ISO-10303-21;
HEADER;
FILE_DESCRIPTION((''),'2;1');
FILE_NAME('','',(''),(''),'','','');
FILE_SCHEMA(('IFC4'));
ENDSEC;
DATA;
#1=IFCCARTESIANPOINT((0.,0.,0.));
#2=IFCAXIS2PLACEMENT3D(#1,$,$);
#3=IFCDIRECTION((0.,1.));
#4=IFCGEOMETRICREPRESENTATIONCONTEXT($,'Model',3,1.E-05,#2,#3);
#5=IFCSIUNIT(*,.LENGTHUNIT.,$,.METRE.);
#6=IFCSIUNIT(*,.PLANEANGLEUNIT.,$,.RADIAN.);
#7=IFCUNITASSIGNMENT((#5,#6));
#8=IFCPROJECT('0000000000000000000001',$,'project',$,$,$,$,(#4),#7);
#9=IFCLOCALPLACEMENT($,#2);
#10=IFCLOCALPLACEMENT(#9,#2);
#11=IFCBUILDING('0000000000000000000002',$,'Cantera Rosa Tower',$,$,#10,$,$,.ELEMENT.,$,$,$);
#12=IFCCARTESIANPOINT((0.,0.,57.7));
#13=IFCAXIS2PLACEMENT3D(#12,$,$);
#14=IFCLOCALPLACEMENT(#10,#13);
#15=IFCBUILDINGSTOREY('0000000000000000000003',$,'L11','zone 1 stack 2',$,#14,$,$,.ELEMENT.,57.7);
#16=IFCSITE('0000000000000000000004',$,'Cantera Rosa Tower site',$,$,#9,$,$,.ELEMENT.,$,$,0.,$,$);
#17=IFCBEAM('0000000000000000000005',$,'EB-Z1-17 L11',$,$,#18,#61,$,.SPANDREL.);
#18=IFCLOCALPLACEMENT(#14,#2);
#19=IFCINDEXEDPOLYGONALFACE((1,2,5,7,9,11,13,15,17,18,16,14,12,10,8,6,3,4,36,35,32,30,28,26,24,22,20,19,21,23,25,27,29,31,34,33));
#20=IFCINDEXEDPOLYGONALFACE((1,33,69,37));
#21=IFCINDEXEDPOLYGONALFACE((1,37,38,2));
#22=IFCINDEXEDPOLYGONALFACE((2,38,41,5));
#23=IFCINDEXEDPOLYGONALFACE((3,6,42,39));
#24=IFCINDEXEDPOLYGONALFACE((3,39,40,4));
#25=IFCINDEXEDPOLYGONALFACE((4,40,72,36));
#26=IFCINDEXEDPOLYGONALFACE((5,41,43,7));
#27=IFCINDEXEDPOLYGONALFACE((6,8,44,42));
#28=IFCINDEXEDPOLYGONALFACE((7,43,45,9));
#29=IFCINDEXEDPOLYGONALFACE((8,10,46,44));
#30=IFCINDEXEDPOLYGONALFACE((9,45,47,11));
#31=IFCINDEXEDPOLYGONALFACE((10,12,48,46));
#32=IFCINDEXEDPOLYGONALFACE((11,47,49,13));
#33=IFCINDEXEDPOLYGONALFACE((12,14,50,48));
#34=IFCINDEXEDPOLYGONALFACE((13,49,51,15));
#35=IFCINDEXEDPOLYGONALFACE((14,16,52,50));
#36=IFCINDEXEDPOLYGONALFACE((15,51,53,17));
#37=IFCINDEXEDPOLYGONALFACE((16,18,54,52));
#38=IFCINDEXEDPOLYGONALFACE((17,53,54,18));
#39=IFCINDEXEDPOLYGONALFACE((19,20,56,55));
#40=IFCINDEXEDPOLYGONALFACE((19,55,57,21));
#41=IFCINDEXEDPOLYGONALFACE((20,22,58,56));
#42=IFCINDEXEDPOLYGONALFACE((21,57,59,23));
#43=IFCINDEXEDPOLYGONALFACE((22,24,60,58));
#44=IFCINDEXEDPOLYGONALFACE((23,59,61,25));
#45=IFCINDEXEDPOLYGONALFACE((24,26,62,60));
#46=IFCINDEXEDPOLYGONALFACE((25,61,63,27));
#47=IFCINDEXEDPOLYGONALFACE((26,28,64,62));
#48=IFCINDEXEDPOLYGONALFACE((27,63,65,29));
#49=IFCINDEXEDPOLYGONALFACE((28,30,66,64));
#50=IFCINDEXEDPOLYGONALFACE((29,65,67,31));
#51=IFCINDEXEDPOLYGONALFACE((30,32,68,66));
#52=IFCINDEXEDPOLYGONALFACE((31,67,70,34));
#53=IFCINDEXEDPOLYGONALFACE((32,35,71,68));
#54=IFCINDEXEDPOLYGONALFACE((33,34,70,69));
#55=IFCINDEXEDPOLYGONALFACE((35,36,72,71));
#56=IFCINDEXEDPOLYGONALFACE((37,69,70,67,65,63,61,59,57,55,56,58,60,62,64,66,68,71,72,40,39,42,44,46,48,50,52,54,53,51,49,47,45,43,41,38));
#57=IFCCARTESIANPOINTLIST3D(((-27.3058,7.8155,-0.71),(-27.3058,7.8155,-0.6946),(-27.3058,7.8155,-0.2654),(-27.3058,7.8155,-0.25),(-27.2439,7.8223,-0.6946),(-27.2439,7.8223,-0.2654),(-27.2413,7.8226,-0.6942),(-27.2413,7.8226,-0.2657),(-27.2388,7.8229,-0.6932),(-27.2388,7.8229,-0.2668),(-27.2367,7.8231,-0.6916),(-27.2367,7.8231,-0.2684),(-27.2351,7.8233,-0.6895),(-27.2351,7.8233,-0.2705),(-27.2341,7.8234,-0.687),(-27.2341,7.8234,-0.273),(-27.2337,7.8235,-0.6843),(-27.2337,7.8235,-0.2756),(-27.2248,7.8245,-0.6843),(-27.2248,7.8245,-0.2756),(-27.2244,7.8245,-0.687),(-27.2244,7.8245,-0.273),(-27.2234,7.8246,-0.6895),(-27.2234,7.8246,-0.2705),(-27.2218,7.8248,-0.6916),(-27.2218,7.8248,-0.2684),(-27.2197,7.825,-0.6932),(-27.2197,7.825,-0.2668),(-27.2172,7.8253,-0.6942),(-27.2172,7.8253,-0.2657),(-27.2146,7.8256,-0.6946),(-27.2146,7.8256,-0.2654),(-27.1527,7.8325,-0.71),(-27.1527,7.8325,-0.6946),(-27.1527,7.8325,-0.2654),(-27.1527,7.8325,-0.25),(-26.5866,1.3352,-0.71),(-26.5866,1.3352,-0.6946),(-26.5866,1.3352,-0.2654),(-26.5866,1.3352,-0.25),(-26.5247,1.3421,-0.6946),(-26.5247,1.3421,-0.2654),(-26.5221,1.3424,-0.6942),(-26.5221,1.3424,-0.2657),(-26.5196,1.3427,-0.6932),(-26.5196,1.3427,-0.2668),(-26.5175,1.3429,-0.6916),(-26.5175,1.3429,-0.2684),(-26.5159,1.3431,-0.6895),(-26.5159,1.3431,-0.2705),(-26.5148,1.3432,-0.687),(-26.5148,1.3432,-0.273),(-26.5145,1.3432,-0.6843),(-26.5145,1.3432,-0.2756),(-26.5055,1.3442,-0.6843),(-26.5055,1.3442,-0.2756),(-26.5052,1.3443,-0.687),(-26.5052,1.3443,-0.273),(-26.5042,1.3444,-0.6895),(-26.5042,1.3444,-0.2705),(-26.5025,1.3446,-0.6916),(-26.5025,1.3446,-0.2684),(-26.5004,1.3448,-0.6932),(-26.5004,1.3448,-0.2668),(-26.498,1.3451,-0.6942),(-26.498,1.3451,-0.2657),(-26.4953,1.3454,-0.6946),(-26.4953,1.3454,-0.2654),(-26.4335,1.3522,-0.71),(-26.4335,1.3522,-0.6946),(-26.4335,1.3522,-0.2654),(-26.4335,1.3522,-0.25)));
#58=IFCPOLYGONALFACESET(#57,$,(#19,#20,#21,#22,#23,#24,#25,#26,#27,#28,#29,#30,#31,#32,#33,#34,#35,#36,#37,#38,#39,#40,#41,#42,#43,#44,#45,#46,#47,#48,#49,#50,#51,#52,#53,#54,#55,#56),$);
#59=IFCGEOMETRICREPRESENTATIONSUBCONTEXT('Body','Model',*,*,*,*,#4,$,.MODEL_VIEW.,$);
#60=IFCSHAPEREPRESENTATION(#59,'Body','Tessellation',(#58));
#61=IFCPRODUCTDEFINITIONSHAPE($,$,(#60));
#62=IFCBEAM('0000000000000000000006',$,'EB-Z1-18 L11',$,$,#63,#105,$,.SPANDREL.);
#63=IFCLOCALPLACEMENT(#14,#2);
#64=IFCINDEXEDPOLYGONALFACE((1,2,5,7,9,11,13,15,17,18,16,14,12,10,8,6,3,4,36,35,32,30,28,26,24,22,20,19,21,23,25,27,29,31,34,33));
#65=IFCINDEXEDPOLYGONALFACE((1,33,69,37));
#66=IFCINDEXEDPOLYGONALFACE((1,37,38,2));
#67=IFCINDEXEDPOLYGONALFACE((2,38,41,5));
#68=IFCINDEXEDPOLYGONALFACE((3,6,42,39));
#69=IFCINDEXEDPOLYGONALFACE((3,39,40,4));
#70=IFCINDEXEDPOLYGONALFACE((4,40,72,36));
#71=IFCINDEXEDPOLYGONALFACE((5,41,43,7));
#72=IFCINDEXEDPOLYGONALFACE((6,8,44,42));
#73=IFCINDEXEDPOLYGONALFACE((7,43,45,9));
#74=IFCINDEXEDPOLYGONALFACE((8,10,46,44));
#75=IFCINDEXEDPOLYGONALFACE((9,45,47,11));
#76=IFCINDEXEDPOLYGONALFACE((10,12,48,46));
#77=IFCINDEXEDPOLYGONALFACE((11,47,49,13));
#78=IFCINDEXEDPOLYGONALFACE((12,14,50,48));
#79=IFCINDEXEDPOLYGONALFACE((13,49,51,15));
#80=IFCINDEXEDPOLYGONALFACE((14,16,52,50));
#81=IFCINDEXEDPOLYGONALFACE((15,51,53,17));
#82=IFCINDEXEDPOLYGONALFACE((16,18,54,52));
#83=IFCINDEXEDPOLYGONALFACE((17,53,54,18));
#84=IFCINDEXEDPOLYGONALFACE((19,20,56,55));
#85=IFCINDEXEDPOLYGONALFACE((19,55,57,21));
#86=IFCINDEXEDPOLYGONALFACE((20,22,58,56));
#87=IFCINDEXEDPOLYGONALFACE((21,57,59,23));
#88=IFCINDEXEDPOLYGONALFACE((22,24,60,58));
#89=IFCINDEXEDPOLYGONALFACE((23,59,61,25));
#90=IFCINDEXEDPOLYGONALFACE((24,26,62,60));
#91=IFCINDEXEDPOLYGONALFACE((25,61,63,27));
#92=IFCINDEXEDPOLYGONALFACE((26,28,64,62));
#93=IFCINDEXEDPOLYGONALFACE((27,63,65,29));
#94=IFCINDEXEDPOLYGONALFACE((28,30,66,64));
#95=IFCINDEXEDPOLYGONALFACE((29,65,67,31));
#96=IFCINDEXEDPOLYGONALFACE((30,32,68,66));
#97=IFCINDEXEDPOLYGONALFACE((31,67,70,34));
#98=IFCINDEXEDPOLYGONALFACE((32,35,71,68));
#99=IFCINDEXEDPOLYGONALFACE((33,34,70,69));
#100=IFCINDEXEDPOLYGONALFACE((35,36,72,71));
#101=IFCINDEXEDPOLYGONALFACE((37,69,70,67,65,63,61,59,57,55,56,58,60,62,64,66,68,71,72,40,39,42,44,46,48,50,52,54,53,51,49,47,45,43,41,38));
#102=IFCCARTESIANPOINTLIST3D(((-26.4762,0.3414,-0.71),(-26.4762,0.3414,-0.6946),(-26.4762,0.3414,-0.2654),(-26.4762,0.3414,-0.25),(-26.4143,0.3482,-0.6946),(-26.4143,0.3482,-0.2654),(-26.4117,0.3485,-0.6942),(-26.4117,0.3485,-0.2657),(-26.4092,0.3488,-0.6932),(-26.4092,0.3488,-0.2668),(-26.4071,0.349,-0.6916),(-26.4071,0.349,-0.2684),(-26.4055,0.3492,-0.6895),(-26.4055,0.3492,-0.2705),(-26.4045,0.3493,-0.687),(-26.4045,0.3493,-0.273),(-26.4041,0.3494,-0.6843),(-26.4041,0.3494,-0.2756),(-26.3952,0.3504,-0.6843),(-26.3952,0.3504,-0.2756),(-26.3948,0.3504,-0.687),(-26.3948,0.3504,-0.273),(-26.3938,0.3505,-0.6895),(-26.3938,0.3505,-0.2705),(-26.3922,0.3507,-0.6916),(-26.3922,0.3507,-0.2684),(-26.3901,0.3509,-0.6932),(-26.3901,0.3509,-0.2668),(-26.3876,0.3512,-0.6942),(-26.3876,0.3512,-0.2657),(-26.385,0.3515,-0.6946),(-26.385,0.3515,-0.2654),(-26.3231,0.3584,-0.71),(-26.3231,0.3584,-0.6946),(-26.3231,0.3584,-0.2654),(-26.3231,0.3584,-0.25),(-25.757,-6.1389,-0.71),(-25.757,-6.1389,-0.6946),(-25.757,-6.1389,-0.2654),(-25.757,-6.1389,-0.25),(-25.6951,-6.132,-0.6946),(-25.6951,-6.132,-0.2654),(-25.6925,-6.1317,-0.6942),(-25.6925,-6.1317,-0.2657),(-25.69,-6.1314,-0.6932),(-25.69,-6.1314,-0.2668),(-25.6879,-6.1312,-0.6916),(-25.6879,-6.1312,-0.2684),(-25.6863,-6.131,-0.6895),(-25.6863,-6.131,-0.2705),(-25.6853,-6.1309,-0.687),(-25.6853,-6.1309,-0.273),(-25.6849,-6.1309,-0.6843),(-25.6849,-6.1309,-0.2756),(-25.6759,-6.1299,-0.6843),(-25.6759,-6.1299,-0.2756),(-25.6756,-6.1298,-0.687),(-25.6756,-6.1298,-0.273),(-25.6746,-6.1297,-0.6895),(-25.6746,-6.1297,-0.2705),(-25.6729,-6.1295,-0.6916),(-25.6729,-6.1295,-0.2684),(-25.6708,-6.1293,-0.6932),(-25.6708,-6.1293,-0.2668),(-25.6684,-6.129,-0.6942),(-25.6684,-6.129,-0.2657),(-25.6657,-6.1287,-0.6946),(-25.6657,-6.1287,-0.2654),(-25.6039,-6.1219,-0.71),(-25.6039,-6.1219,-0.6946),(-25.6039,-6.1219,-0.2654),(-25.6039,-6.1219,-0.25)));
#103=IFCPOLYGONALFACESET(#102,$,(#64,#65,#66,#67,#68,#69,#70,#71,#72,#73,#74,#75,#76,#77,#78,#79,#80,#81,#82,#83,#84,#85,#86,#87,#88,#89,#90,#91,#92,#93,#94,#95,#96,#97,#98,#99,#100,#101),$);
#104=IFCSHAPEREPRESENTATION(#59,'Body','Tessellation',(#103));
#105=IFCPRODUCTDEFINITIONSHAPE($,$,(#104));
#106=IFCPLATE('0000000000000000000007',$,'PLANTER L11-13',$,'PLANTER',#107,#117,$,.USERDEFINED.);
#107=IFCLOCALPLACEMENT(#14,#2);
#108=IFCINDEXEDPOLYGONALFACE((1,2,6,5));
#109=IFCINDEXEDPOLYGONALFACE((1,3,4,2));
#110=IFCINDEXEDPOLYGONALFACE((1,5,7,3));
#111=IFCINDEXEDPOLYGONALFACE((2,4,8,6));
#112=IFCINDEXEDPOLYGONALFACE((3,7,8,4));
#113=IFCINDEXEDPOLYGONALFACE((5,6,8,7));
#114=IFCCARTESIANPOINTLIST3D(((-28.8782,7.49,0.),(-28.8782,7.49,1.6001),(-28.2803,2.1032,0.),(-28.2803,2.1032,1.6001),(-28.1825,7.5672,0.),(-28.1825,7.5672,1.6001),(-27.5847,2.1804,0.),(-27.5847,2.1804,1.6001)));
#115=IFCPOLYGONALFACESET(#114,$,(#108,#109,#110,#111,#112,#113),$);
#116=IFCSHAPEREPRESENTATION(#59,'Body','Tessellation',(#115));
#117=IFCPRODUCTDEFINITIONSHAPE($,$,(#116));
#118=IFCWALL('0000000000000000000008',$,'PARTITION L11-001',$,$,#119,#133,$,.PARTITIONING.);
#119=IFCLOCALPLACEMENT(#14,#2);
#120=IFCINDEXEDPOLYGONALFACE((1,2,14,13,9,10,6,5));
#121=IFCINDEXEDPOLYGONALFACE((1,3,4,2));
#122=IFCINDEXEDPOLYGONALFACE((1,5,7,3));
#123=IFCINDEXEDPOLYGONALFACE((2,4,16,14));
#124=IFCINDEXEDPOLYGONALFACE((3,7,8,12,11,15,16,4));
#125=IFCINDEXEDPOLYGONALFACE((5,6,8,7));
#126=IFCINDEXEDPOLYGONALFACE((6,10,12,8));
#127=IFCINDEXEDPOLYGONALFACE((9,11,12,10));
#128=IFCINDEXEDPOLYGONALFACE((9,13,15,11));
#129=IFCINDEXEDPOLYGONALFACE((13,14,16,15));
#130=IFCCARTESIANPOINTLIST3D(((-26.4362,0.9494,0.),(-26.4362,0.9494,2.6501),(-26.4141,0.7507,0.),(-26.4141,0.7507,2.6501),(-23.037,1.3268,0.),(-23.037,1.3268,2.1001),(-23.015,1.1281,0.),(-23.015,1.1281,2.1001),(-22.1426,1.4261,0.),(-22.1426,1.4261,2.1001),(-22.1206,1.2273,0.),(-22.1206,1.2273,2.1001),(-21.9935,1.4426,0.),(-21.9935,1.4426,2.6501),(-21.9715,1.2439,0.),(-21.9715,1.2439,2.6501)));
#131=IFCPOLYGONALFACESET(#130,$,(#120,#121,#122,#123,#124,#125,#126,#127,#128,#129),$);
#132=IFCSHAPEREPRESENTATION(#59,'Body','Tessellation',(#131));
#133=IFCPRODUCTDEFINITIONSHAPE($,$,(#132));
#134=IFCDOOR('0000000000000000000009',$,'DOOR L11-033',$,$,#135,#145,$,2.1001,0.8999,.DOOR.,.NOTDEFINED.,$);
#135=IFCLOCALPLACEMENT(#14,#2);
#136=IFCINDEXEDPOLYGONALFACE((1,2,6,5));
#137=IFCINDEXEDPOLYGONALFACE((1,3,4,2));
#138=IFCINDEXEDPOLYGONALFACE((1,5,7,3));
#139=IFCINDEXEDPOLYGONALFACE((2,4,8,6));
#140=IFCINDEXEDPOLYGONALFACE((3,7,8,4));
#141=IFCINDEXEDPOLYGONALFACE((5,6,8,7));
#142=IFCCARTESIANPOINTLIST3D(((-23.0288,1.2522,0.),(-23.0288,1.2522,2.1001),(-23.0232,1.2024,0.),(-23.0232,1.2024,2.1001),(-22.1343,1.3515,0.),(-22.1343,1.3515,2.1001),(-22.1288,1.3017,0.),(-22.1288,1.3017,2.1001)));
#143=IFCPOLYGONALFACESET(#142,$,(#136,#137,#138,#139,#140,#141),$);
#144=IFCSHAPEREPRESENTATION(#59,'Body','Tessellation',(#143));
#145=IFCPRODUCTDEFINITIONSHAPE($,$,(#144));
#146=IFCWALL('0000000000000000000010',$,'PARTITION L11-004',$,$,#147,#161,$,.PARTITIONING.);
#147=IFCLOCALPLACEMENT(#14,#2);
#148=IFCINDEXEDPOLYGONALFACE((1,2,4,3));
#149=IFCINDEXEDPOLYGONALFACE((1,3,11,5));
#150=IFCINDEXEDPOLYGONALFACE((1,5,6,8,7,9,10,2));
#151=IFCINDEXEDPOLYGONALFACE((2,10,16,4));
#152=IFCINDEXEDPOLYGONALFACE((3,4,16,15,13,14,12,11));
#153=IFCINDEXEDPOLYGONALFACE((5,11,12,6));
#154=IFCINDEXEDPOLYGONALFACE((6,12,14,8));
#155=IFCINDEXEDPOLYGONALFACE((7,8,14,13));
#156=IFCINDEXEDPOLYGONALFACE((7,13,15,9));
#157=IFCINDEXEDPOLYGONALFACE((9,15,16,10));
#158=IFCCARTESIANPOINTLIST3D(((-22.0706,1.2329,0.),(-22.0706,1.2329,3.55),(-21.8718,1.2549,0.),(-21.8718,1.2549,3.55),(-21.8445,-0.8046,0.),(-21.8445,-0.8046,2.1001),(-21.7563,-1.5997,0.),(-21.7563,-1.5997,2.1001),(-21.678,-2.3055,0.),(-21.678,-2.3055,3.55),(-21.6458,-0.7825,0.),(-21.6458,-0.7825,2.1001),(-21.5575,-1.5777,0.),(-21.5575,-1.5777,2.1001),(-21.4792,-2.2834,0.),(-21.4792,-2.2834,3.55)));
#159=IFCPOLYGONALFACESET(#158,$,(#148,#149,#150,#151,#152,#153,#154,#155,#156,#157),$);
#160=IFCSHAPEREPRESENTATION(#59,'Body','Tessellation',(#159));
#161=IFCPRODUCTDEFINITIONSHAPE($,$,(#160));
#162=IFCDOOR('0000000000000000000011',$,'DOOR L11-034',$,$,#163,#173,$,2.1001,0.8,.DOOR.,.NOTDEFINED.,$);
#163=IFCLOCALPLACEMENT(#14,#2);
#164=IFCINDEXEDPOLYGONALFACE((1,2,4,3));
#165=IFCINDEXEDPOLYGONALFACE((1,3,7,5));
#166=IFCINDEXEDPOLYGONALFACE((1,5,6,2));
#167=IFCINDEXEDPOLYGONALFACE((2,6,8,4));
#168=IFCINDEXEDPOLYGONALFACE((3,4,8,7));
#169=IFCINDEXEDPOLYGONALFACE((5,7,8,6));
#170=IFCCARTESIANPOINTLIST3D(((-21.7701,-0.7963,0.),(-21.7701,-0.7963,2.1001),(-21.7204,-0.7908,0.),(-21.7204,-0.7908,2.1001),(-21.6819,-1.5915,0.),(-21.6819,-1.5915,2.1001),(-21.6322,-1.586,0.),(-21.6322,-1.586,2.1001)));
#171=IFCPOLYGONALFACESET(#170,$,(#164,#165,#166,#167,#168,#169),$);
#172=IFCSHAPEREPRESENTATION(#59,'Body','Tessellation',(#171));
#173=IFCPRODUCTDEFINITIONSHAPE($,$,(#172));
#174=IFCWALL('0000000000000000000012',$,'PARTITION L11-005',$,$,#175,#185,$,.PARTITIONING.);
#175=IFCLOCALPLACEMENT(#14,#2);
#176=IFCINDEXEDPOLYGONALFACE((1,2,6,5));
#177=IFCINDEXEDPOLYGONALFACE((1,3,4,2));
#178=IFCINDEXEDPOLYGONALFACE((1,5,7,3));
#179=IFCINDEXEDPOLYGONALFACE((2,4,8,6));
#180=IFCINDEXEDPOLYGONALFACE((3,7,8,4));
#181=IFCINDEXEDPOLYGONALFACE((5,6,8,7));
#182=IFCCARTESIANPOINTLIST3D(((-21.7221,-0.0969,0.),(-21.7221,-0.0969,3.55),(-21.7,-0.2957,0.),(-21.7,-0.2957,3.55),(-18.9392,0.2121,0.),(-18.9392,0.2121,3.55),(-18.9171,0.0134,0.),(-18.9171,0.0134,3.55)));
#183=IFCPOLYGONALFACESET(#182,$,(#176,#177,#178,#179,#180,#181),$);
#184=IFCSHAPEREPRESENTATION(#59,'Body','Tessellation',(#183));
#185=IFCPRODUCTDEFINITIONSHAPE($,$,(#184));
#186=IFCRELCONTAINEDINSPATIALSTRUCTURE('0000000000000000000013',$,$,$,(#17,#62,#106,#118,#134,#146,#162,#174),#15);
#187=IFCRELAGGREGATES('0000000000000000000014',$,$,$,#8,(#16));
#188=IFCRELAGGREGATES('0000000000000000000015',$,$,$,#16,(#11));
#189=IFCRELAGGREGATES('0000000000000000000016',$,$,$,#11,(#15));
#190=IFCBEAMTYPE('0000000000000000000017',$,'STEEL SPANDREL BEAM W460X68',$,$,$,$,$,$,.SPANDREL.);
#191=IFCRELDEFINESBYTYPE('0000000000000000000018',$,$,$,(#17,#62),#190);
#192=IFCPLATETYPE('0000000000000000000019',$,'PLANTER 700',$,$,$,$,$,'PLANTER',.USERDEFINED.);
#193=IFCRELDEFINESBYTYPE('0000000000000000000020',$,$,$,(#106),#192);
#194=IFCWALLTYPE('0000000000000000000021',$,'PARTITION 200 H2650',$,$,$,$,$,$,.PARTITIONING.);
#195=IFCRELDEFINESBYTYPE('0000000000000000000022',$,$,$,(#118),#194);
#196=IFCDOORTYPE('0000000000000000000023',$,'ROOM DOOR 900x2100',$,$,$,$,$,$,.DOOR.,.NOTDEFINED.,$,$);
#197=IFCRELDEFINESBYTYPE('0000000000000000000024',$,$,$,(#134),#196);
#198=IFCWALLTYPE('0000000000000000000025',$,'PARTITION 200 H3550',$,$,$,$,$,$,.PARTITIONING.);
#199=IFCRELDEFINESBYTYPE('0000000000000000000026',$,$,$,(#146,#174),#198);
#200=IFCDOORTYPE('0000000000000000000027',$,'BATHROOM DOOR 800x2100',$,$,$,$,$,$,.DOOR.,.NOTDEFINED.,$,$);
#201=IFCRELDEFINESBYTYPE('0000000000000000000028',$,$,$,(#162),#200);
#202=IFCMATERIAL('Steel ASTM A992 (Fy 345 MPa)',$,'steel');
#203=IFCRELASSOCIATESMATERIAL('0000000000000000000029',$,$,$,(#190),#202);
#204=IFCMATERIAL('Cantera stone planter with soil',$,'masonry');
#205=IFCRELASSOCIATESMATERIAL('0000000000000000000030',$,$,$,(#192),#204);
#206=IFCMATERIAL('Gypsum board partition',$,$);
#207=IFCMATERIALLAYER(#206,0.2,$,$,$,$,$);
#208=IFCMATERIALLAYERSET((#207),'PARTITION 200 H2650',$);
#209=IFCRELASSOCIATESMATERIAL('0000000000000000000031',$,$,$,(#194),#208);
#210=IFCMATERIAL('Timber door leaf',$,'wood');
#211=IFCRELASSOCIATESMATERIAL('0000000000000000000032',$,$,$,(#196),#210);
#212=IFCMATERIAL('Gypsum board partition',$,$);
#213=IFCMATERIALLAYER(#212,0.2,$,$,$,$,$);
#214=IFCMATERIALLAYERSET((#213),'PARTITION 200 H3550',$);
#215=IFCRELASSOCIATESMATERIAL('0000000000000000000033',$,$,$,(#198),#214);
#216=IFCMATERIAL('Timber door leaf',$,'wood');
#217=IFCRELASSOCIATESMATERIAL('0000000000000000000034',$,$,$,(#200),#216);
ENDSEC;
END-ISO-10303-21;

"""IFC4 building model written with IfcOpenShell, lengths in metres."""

from ifc_helpers import new_model, si_unit, direction, frame, frame_2d, origin, origin_2d, place, context, subcontext, project, spatial, rectangle, i_section, extrude, material, layer, layer_set, material_profile, profile_set, type_object, element, fill, save


model = new_model("IFC4")

# Units and contexts
model_context = context("Model", 3, precision=1e-05, world=origin(), true_north=direction((0.0, 1.0)))
body_context = subcontext(model_context, "Body", "Model", "MODEL_VIEW")
ifc_project = project(units=[si_unit("LENGTHUNIT", "METRE"), si_unit("PLANEANGLEUNIT", "RADIAN")], contexts=[model_context])

# Site, building, storey
site_placement = place(None, origin())
site = spatial("IfcSite", under=ifc_project, at=site_placement, Name="Cantera Rosa Tower site", CompositionType="ELEMENT", RefElevation=0.0)
building_placement = place(site_placement, origin())
building = spatial("IfcBuilding", under=site, at=building_placement, Name="Cantera Rosa Tower", CompositionType="ELEMENT")
storey_placement = place(building_placement, frame((0.0, 0.0, 57.7)))
storey = spatial("IfcBuildingStorey", under=building, at=storey_placement, Name="L11", Description="zone 1 stack 2", CompositionType="ELEMENT", Elevation=57.7)

# Beams
ifc_material_1 = material(Name="Steel ASTM A992 (Fy 345 MPa)", Category="steel")
ifc_material_profile_1 = material_profile(ifc_material_1, i_section(OverallWidth=0.1541, OverallDepth=0.46, WebThickness=0.009, FlangeThickness=0.0154, FilletRadius=0.0103, at=origin_2d()), Name="W460X68")
ifc_profile_set_1 = profile_set([ifc_material_profile_1], Name="Steel ASTM A992 (Fy 345 MPa)")
beam_type_1 = type_object("IfcBeamType", Name="STEEL SPANDREL BEAM W460X68", PredefinedType="SPANDREL", material=ifc_profile_set_1)
for number, where, z_axis, x_axis, name in (
    (1, (-27.2292, 7.824, -0.48), (0.110312, -0.993897, 0.0), (0.993897, 0.110312, 0.0), "EB-Z1-17 L11"),
    (2, (-26.3997, 0.3499, -0.48), (0.110312, -0.993897, 0.0), (0.993897, 0.110312, 0.0), "EB-Z1-18 L11"),
):
    element("IfcBeam", number, at=place(storey_placement, frame(where, z_axis=z_axis, x_axis=x_axis)), inside=storey, type_object=beam_type_1, Name=name, PredefinedType="SPANDREL", context=body_context, shape_type="SweptSolid", body=[
        extrude(i_section(OverallWidth=0.1541, OverallDepth=0.46, WebThickness=0.009, FlangeThickness=0.0154, FilletRadius=0.0103, at=origin_2d()), origin(), (0.0, 0.0, 1.0), 6.52),
    ])

# Plate
ifc_material_2 = material(Name="Cantera stone planter with soil", Category="masonry")
plate_type = type_object("IfcPlateType", Name="PLANTER 700", ElementType="PLANTER", PredefinedType="USERDEFINED", material=ifc_material_2)
plate_placement = place(storey_placement, frame((-28.2314, 4.8352, 0.0), z_axis=(0.0, 0.0, 1.0), x_axis=(0.110313, -0.993897, 0.0)))
element("IfcPlate", 3, at=plate_placement, inside=storey, type_object=plate_type, Name="PLANTER L11-13", ObjectType="PLANTER", PredefinedType="USERDEFINED", context=body_context, shape_type="SweptSolid", body=[
    extrude(rectangle(XDim=5.4199, YDim=0.7, at=origin_2d()), origin(), (0.0, 0.0, 1.0), 1.6001),
])

# Walls, openings, doors
ifc_material_3 = material(Name="Gypsum board partition")
ifc_layer_1 = layer(ifc_material_3, 0.2)
ifc_layer_set_1 = layer_set([ifc_layer_1], Name="PARTITION 200 H2650")
wall_type_1 = type_object("IfcWallType", Name="PARTITION 200 H2650", PredefinedType="PARTITIONING", material=ifc_layer_set_1)
wall_1_placement = place(storey_placement, frame((-26.425, 0.8501, 0.0), z_axis=(0.0, 0.0, 1.0), x_axis=(0.993895, 0.11033, 0.0)))
wall_1 = element("IfcWall", 4, at=wall_1_placement, inside=storey, type_object=wall_type_1, Name="PARTITION L11-001", PredefinedType="PARTITIONING", context=body_context, shape_type="SweptSolid", body=[
    extrude(rectangle(XDim=4.47, YDim=0.2, at=frame_2d((2.2349, 0.0))), origin(), (0.0, 0.0, 1.0), 2.6501),
])
opening_1_placement = place(wall_1_placement, frame((3.4199, 0.0, 0.0)))
opening_1 = element("IfcOpeningElement", 5, at=opening_1_placement, cuts=wall_1, PredefinedType="OPENING", context=body_context, shape_type="SweptSolid", body=[
    extrude(rectangle(XDim=0.8999, YDim=2.1001, at=frame_2d((0.45, 1.05))), frame((0.0, 0.1099, 0.0), z_axis=(0.0, -1.0, 0.0), x_axis=(1.0, 0.0, 0.0)), (0.0, 0.0, 1.0), 0.22),
])
ifc_material_4 = material(Name="Timber door leaf", Category="wood")
door_type_1 = type_object("IfcDoorType", Name="ROOM DOOR 900x2100", OperationType="NOTDEFINED", PredefinedType="DOOR", material=ifc_material_4)
door_1_placement = place(opening_1_placement, origin())
door_1 = element("IfcDoor", 6, at=door_1_placement, inside=storey, type_object=door_type_1, Name="DOOR L11-033", OperationType="NOTDEFINED", OverallHeight=2.1001, OverallWidth=0.8999, PredefinedType="DOOR", context=body_context, shape_type="SweptSolid", body=[
    extrude(rectangle(XDim=0.8999, YDim=2.1001, at=frame_2d((0.45, 1.05))), frame((0.0, 0.0249, 0.0), z_axis=(0.0, -1.0, 0.0), x_axis=(1.0, 0.0, 0.0)), (0.0, 0.0, 1.0), 0.05),
])
fill(opening_1, door_1)
ifc_material_5 = material(Name="Gypsum board partition")
ifc_layer_2 = layer(ifc_material_5, 0.2)
ifc_layer_set_2 = layer_set([ifc_layer_2], Name="PARTITION 200 H3550")
wall_type_2 = type_object("IfcWallType", Name="PARTITION 200 H3550", PredefinedType="PARTITIONING", material=ifc_layer_set_2)
wall_2_placement = place(storey_placement, frame((-21.9712, 1.2439, 0.0), z_axis=(0.0, 0.0, 1.0), x_axis=(0.110273, -0.993901, 0.0)))
wall_2 = element("IfcWall", 7, at=wall_2_placement, inside=storey, type_object=wall_type_2, Name="PARTITION L11-004", PredefinedType="PARTITIONING", context=body_context, shape_type="SweptSolid", body=[
    extrude(rectangle(XDim=3.5601, YDim=0.2, at=frame_2d((1.78, 0.0))), origin(), (0.0, 0.0, 1.0), 3.55),
])
opening_2_placement = place(wall_2_placement, frame((2.05, 0.0, 0.0)))
opening_2 = element("IfcOpeningElement", 8, at=opening_2_placement, cuts=wall_2, PredefinedType="OPENING", context=body_context, shape_type="SweptSolid", body=[
    extrude(rectangle(XDim=0.8, YDim=2.1001, at=frame_2d((0.3999, 1.05))), frame((0.0, 0.1099, 0.0), z_axis=(0.0, -1.0, 0.0), x_axis=(1.0, 0.0, 0.0)), (0.0, 0.0, 1.0), 0.22),
])
ifc_material_6 = material(Name="Timber door leaf", Category="wood")
door_type_2 = type_object("IfcDoorType", Name="BATHROOM DOOR 800x2100", OperationType="NOTDEFINED", PredefinedType="DOOR", material=ifc_material_6)
door_2_placement = place(opening_2_placement, origin())
door_2 = element("IfcDoor", 9, at=door_2_placement, inside=storey, type_object=door_type_2, Name="DOOR L11-034", OperationType="NOTDEFINED", OverallHeight=2.1001, OverallWidth=0.8, PredefinedType="DOOR", context=body_context, shape_type="SweptSolid", body=[
    extrude(rectangle(XDim=0.8, YDim=2.1001, at=frame_2d((0.3999, 1.05))), frame((0.0, 0.0249, 0.0), z_axis=(0.0, -1.0, 0.0), x_axis=(1.0, 0.0, 0.0)), (0.0, 0.0, 1.0), 0.05),
])
fill(opening_2, door_2)

# Wall
wall_3_placement = place(storey_placement, frame((-21.7109, -0.1963, 0.0), z_axis=(0.0, 0.0, 1.0), x_axis=(0.993889, 0.110384, 0.0)))
element("IfcWall", 10, at=wall_3_placement, inside=storey, type_object=wall_type_2, Name="PARTITION L11-005", PredefinedType="PARTITIONING", context=body_context, shape_type="SweptSolid", body=[
    extrude(rectangle(XDim=2.8, YDim=0.2, at=frame_2d((1.3999, 0.0))), origin(), (0.0, 0.0, 1.0), 3.55),
])

save(model, "model.ifc")
